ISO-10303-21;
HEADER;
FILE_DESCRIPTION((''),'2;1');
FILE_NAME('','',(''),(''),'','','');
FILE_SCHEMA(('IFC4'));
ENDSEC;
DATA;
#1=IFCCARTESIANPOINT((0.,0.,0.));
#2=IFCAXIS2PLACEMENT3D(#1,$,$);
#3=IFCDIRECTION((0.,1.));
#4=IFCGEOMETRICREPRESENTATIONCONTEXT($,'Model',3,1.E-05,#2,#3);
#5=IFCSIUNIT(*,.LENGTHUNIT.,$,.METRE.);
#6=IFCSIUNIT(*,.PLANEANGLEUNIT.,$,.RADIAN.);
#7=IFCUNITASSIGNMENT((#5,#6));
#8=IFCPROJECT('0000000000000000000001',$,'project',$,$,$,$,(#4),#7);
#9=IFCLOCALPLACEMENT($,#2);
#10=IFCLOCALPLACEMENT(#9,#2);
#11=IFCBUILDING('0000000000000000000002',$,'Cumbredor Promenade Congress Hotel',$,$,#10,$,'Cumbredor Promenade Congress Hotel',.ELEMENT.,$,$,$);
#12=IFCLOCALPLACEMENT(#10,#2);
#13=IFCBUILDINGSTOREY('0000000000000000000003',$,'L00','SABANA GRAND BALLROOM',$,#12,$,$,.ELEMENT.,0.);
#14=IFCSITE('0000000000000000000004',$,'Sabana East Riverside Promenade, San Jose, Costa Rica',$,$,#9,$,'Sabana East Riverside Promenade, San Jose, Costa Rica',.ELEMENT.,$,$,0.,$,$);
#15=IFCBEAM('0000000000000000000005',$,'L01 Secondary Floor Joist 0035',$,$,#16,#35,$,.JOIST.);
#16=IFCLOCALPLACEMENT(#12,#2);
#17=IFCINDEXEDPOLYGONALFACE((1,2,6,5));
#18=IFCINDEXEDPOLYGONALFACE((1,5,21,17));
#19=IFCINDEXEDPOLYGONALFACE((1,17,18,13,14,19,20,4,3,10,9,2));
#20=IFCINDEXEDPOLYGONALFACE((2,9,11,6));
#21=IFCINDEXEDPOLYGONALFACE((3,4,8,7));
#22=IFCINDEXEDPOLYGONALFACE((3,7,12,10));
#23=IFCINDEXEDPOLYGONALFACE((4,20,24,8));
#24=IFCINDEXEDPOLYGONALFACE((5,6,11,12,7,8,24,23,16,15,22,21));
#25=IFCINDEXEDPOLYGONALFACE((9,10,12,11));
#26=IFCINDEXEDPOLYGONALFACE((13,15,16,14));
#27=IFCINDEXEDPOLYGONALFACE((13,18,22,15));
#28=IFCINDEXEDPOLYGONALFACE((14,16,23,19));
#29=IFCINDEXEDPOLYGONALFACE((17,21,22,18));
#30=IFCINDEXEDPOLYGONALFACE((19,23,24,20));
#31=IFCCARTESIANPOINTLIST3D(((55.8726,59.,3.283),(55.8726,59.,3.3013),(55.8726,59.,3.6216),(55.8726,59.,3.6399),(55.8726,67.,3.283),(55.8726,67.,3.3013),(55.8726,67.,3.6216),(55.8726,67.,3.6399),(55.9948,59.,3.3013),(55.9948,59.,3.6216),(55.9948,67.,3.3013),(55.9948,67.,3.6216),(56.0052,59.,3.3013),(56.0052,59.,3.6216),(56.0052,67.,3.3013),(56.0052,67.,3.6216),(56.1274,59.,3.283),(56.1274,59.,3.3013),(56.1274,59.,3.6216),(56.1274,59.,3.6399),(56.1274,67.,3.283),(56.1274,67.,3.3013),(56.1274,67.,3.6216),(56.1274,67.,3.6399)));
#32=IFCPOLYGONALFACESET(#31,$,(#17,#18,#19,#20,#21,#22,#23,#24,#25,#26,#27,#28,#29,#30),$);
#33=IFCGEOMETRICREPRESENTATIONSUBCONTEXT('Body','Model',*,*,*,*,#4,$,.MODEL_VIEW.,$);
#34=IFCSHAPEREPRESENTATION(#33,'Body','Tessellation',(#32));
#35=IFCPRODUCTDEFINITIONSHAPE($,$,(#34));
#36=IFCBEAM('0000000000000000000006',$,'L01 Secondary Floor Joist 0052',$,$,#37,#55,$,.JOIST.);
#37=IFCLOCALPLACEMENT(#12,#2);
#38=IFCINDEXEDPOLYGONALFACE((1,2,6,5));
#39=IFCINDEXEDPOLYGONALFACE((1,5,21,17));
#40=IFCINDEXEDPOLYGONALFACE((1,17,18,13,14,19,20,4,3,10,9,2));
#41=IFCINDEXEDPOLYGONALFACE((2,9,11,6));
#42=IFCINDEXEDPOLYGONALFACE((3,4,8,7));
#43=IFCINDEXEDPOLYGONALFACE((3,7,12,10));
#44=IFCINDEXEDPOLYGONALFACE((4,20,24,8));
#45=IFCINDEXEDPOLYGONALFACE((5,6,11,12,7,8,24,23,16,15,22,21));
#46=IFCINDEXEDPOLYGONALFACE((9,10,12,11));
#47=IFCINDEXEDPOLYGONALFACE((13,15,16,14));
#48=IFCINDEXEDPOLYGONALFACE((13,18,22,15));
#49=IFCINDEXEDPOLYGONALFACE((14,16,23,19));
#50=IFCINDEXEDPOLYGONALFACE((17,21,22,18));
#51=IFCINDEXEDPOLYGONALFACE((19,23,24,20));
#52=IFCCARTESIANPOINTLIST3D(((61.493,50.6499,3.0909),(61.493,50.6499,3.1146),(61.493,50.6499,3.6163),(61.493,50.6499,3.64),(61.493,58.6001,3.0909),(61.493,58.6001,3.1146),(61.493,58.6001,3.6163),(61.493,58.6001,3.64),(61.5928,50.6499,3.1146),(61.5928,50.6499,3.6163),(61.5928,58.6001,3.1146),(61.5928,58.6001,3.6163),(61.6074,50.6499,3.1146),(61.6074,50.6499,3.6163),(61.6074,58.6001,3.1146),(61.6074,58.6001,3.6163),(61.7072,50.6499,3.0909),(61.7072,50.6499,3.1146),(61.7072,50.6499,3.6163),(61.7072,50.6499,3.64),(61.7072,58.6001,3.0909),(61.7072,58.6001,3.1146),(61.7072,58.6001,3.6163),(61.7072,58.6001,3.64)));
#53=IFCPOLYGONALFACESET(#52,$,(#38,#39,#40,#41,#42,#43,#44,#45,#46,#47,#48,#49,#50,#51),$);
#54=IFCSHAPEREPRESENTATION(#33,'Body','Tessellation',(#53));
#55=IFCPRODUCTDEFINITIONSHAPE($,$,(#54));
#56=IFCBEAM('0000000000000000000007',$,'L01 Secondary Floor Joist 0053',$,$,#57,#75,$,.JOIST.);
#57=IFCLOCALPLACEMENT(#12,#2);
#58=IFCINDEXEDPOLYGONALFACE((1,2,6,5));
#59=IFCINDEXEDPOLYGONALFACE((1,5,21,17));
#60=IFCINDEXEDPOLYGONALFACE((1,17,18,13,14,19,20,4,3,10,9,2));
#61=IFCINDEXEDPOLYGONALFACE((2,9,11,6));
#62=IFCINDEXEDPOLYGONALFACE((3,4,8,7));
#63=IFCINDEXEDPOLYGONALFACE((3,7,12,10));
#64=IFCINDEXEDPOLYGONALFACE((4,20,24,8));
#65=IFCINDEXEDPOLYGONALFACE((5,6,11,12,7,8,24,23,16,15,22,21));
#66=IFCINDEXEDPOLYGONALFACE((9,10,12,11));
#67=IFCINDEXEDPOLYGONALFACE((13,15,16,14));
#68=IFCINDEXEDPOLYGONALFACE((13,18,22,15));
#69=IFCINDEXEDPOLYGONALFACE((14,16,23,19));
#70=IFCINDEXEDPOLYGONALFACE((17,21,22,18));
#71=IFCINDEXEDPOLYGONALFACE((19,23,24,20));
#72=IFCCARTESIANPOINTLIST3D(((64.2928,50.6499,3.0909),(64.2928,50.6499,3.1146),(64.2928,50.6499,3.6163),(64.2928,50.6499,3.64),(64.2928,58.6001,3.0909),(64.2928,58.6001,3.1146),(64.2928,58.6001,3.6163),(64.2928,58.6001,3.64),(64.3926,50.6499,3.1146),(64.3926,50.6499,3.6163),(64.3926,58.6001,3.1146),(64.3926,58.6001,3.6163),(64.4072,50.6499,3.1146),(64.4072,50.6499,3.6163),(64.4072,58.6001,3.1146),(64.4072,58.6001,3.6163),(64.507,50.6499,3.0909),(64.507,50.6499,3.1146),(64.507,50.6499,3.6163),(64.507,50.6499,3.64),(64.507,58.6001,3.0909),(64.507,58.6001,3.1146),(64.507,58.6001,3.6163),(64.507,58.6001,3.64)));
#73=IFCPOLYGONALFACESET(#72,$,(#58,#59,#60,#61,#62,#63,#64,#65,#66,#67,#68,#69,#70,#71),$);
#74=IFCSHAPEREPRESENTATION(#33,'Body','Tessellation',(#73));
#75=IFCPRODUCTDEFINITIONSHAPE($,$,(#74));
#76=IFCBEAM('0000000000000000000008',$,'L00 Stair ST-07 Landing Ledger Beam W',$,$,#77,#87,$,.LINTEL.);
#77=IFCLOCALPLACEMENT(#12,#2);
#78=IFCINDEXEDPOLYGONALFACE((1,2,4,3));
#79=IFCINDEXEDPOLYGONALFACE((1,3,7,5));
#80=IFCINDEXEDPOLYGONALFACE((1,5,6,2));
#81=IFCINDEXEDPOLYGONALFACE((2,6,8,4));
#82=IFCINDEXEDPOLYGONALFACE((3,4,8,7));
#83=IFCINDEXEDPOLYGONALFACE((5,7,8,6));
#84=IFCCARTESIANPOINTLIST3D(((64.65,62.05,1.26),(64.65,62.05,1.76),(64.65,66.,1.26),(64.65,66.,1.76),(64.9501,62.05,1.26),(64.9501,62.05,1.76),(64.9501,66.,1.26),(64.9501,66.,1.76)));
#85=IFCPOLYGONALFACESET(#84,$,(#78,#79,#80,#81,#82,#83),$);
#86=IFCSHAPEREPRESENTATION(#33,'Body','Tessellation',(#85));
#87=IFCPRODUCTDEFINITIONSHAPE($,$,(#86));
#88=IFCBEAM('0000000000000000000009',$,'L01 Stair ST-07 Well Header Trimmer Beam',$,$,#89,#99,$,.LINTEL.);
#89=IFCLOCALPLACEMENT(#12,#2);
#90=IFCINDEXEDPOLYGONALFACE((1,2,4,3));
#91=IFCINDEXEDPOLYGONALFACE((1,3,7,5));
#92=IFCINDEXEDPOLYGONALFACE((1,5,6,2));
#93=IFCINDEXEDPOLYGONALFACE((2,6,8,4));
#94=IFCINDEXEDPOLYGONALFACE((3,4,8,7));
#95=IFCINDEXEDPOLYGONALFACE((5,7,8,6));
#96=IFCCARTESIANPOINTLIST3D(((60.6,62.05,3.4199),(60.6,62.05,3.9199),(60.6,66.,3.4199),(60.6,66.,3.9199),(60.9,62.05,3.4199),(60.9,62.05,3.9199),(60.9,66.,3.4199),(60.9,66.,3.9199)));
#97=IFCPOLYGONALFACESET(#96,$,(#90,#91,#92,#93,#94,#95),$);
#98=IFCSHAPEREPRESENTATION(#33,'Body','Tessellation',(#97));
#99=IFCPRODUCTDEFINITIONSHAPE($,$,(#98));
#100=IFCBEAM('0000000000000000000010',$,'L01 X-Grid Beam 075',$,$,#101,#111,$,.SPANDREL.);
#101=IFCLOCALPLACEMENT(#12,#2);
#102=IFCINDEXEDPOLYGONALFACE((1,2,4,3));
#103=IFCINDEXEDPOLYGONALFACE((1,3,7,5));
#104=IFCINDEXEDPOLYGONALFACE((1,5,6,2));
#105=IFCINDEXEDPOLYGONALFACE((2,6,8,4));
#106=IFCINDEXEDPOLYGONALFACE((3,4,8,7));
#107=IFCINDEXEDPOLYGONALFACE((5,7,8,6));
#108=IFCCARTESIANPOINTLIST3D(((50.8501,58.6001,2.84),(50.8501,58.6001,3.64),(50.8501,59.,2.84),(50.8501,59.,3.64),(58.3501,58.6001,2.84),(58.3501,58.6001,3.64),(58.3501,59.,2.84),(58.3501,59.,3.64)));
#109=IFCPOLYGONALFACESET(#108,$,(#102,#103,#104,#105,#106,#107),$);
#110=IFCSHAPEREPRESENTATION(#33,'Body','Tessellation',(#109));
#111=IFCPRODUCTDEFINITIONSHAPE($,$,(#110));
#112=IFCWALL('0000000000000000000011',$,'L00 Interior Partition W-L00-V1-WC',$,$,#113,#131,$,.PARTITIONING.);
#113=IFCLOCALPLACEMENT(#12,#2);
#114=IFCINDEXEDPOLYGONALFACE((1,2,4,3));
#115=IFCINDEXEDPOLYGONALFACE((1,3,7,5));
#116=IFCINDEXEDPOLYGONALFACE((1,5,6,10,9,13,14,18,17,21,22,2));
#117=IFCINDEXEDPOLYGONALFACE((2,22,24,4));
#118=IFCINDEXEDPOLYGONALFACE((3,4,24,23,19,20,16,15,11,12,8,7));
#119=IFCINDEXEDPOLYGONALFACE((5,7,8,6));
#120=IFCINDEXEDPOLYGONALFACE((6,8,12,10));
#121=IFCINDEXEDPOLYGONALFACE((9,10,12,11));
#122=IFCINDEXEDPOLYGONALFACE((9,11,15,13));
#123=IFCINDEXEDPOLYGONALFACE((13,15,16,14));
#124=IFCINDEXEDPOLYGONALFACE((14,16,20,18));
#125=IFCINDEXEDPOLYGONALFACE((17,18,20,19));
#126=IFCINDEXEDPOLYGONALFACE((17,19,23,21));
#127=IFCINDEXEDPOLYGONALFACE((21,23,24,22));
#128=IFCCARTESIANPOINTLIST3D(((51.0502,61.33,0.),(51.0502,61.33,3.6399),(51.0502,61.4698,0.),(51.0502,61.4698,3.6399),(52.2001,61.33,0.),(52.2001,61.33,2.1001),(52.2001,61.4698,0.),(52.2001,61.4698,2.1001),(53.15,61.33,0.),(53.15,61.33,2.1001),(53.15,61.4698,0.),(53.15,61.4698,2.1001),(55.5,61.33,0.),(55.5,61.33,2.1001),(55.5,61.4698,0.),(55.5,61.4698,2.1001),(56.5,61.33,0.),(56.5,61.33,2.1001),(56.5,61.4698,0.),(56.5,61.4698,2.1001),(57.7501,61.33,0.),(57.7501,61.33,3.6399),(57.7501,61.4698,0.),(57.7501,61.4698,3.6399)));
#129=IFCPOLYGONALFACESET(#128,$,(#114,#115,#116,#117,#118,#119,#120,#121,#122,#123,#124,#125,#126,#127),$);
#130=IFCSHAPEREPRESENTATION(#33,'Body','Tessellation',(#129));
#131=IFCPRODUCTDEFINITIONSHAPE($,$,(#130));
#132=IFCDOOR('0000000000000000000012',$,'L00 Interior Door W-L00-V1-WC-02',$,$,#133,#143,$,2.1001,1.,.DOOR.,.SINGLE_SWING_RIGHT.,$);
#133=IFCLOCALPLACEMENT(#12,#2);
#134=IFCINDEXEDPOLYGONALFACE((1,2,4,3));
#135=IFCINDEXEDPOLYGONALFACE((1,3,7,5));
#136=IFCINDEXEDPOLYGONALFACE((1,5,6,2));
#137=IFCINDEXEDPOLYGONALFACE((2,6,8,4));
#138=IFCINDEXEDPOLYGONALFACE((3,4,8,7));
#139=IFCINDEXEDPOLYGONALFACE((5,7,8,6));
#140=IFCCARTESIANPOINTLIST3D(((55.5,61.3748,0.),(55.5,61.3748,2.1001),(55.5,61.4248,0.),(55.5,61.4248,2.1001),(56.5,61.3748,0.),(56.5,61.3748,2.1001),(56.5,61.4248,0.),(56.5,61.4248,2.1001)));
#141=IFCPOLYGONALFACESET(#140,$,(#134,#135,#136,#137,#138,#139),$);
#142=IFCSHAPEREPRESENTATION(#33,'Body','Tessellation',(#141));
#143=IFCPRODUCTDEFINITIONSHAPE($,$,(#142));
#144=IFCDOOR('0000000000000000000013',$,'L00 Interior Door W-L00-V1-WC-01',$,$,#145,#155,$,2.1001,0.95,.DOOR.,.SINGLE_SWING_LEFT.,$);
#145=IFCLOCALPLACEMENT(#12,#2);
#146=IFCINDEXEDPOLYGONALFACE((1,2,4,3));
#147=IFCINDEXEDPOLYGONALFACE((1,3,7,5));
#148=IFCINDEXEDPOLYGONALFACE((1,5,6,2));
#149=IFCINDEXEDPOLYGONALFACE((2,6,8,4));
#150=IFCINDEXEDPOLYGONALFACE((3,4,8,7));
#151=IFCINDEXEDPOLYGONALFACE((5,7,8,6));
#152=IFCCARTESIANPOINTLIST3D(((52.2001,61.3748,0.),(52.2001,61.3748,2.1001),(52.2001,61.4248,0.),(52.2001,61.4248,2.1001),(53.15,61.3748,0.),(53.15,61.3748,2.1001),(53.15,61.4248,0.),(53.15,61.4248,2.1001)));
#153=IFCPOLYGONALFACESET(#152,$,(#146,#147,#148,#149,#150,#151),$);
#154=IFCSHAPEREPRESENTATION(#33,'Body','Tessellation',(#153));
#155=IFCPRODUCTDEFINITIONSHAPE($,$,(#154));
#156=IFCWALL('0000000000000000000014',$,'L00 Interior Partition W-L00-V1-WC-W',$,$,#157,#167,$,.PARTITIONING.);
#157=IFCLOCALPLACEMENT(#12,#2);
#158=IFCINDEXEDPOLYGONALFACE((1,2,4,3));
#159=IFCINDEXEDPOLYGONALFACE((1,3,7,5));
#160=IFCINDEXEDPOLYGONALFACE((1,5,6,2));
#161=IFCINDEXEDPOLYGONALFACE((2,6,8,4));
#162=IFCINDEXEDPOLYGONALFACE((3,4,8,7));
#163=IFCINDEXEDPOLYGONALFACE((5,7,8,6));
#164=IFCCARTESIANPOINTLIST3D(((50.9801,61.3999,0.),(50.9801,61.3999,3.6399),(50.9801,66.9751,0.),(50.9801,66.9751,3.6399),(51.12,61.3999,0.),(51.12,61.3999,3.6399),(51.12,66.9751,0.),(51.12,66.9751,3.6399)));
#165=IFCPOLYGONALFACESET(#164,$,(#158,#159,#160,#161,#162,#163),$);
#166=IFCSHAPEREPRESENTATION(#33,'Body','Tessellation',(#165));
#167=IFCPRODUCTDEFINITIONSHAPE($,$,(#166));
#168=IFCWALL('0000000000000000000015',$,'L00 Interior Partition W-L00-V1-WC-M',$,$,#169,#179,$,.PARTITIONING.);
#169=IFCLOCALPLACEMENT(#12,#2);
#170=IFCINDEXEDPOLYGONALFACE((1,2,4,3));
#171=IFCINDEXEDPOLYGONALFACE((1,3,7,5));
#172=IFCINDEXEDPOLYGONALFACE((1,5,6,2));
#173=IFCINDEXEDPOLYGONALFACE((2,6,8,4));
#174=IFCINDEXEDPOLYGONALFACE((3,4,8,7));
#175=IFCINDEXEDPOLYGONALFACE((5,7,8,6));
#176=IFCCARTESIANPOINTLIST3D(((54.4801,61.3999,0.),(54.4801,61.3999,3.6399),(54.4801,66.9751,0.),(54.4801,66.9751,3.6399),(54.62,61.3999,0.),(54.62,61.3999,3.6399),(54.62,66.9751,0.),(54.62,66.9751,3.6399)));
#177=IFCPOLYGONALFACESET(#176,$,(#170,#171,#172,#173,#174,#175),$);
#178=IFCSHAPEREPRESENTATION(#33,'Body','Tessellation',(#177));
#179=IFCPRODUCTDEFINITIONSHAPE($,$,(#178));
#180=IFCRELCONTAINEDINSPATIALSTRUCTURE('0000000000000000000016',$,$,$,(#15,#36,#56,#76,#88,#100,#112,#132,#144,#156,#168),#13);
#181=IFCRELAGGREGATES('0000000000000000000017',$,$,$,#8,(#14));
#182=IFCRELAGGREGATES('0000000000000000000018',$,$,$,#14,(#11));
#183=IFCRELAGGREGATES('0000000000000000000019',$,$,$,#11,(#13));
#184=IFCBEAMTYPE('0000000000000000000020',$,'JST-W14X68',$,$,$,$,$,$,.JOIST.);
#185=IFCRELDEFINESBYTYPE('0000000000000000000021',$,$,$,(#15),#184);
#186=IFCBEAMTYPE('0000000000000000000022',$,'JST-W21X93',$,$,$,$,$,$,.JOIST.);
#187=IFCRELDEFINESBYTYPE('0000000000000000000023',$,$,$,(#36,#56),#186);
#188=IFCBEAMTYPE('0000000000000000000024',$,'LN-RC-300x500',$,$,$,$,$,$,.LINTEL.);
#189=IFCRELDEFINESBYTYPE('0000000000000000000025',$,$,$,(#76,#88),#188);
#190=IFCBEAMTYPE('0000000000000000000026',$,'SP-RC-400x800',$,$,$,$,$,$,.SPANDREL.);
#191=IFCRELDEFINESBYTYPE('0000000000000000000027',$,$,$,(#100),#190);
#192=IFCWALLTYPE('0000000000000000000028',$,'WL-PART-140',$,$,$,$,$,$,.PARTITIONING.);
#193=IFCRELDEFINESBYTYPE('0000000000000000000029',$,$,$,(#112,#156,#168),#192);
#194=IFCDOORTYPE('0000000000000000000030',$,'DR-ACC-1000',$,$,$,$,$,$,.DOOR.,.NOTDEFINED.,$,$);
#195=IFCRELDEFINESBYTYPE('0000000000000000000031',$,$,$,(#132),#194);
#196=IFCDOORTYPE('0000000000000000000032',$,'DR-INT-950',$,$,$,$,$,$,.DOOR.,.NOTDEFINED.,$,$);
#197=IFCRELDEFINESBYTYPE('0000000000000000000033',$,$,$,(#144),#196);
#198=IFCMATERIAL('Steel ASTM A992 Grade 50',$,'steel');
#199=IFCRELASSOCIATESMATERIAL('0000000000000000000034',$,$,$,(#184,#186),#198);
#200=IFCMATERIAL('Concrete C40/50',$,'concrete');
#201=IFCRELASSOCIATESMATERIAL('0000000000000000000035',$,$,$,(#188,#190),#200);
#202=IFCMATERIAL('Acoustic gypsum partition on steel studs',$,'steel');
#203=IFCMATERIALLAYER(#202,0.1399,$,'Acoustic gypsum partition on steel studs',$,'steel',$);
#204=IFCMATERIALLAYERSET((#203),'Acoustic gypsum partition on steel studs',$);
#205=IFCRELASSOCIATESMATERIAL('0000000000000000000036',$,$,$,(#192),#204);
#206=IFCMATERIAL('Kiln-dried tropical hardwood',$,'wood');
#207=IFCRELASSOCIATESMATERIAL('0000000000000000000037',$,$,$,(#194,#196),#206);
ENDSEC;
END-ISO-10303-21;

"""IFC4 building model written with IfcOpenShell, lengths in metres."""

from ifc_helpers import new_model, si_unit, direction, frame, frame_2d, origin, origin_2d, place, context, subcontext, project, spatial, rectangle, i_section, extrude, material, layer, layer_set, material_profile, profile_set, type_object, element, fill, save


model = new_model("IFC4")

# Units and contexts
model_context = context("Model", 3, precision=1e-05, world=origin(), true_north=direction((0.0, 1.0)))
body_context = subcontext(model_context, "Body", "Model", "MODEL_VIEW")
ifc_project = project(units=[si_unit("LENGTHUNIT", "METRE"), si_unit("PLANEANGLEUNIT", "RADIAN")], contexts=[model_context])

# Site, building, storey
site_placement = place(None, origin())
site = spatial("IfcSite", under=ifc_project, at=site_placement, Name="Sabana East Riverside Promenade, San Jose, Costa Rica", LongName="Sabana East Riverside Promenade, San Jose, Costa Rica", CompositionType="ELEMENT", RefElevation=0.0)
building_placement = place(site_placement, origin())
building = spatial("IfcBuilding", under=site, at=building_placement, Name="Cumbredor Promenade Congress Hotel", LongName="Cumbredor Promenade Congress Hotel", CompositionType="ELEMENT")
storey_placement = place(building_placement, origin())
storey = spatial("IfcBuildingStorey", under=building, at=storey_placement, Name="L00", Description="SABANA GRAND BALLROOM", CompositionType="ELEMENT", Elevation=0.0)

# Shared definitions
ifc_material_1 = material(Name="Concrete C40/50", Category="concrete")

# Beams
ifc_material_2 = material(Name="Steel ASTM A992 Grade 50", Category="steel")
ifc_material_profile_1 = material_profile(ifc_material_2, i_section(OverallWidth=0.2549, OverallDepth=0.3569, WebThickness=0.0105, FlangeThickness=0.0183, at=origin_2d()), Name="W14X68")
ifc_profile_set_1 = profile_set([ifc_material_profile_1], Name="Steel ASTM A992 Grade 50")
beam_type_1 = type_object("IfcBeamType", Name="JST-W14X68", PredefinedType="JOIST", material=ifc_profile_set_1)
for number, where, z_axis, x_axis, name in (
    (1, (56.0, 59.0, 3.4614), (0.0, 1.0, 0.0), (-1.0, 0.0, 0.0), "L01 Secondary Floor Joist 0035"),
):
    element("IfcBeam", number, at=place(storey_placement, frame(where, z_axis=z_axis, x_axis=x_axis)), inside=storey, type_object=beam_type_1, Name=name, PredefinedType="JOIST", context=body_context, shape_type="SweptSolid", body=[
        extrude(i_section(OverallWidth=0.2549, OverallDepth=0.3569, WebThickness=0.0105, FlangeThickness=0.0183, at=origin_2d()), origin(), (0.0, 0.0, 1.0), 8.0),
    ])
ifc_material_profile_2 = material_profile(ifc_material_2, i_section(OverallWidth=0.2141, OverallDepth=0.5491, WebThickness=0.0146, FlangeThickness=0.0237, at=origin_2d()), Name="W21X93")
ifc_profile_set_2 = profile_set([ifc_material_profile_2], Name="Steel ASTM A992 Grade 50")
beam_type_2 = type_object("IfcBeamType", Name="JST-W21X93", PredefinedType="JOIST", material=ifc_profile_set_2)
for number, where, z_axis, x_axis, name in (
    (2, (61.6001, 50.6499, 3.3655), (0.0, 1.0, 0.0), (-1.0, 0.0, 0.0), "L01 Secondary Floor Joist 0052"),
    (3, (64.3999, 50.6499, 3.3655), (0.0, 1.0, 0.0), (-1.0, 0.0, 0.0), "L01 Secondary Floor Joist 0053"),
):
    element("IfcBeam", number, at=place(storey_placement, frame(where, z_axis=z_axis, x_axis=x_axis)), inside=storey, type_object=beam_type_2, Name=name, PredefinedType="JOIST", context=body_context, shape_type="SweptSolid", body=[
        extrude(i_section(OverallWidth=0.2141, OverallDepth=0.5491, WebThickness=0.0146, FlangeThickness=0.0237, at=origin_2d()), origin(), (0.0, 0.0, 1.0), 7.9502),
    ])
ifc_material_profile_3 = material_profile(ifc_material_1, rectangle(XDim=0.3, YDim=0.5, at=origin_2d()), Name="RC LINTEL 300x500")
ifc_profile_set_3 = profile_set([ifc_material_profile_3], Name="Concrete C40/50")
beam_type_3 = type_object("IfcBeamType", Name="LN-RC-300x500", PredefinedType="LINTEL", material=ifc_profile_set_3)
for number, where, z_axis, x_axis, name in (
    (4, (64.8, 62.05, 1.51), (0.0, 1.0, 0.0), (-1.0, 0.0, 0.0), "L00 Stair ST-07 Landing Ledger Beam W"),
    (5, (60.75, 62.05, 3.6699), (0.0, 1.0, 0.0), (-1.0, 0.0, 0.0), "L01 Stair ST-07 Well Header Trimmer Beam"),
):
    element("IfcBeam", number, at=place(storey_placement, frame(where, z_axis=z_axis, x_axis=x_axis)), inside=storey, type_object=beam_type_3, Name=name, PredefinedType="LINTEL", context=body_context, shape_type="SweptSolid", body=[
        extrude(rectangle(XDim=0.3, YDim=0.5, at=origin_2d()), origin(), (0.0, 0.0, 1.0), 3.95),
    ])
ifc_material_profile_4 = material_profile(ifc_material_1, rectangle(XDim=0.3999, YDim=0.8, at=origin_2d()), Name="RC SPANDREL 400x800")
ifc_profile_set_4 = profile_set([ifc_material_profile_4], Name="Concrete C40/50")
beam_type_4 = type_object("IfcBeamType", Name="SP-RC-400x800", PredefinedType="SPANDREL", material=ifc_profile_set_4)
beam_1_placement = place(storey_placement, frame((50.8501, 58.8, 3.24), z_axis=(1.0, 0.0, 0.0), x_axis=(0.0, 1.0, 0.0)))
element("IfcBeam", 6, at=beam_1_placement, inside=storey, type_object=beam_type_4, Name="L01 X-Grid Beam 075", PredefinedType="SPANDREL", context=body_context, shape_type="SweptSolid", body=[
    extrude(rectangle(XDim=0.3999, YDim=0.8, at=origin_2d()), origin(), (0.0, 0.0, 1.0), 7.5),
])

# Wall, openings, doors
ifc_material_3 = material(Name="Acoustic gypsum partition on steel studs", Category="steel")
ifc_layer = layer(ifc_material_3, 0.1399, Name="Acoustic gypsum partition on steel studs", Category="steel")
ifc_layer_set = layer_set([ifc_layer], Name="Acoustic gypsum partition on steel studs")
wall_type = type_object("IfcWallType", Name="WL-PART-140", PredefinedType="PARTITIONING", material=ifc_layer_set)
wall_placement = place(storey_placement, frame((51.05, 61.3999, 0.0), z_axis=(0.0, 0.0, 1.0), x_axis=(1.0, 0.0, 0.0)))
wall = element("IfcWall", 7, at=wall_placement, inside=storey, type_object=wall_type, Name="L00 Interior Partition W-L00-V1-WC", PredefinedType="PARTITIONING", context=body_context, shape_type="SweptSolid", body=[
    extrude(rectangle(XDim=6.7, YDim=0.1399, at=frame_2d((3.3501, 0.0))), origin(), (0.0, 0.0, 1.0), 3.6399),
])
opening_1_placement = place(wall_placement, frame((1.1499, 0.0, 0.0)))
opening_1 = element("IfcOpeningElement", 8, at=opening_1_placement, cuts=wall, PredefinedType="OPENING", context=body_context, shape_type="SweptSolid", body=[
    extrude(rectangle(XDim=0.95, YDim=2.1001, at=frame_2d((0.4751, 1.05))), frame((0.0, 0.0801, 0.0), z_axis=(0.0, -1.0, 0.0), x_axis=(1.0, 0.0, 0.0)), (0.0, 0.0, 1.0), 0.1599),
])
opening_2_placement = place(wall_placement, frame((4.45, 0.0, 0.0)))
opening_2 = element("IfcOpeningElement", 9, at=opening_2_placement, cuts=wall, PredefinedType="OPENING", context=body_context, shape_type="SweptSolid", body=[
    extrude(rectangle(XDim=1.0, YDim=2.1001, at=frame_2d((0.5, 1.05))), frame((0.0, 0.0801, 0.0), z_axis=(0.0, -1.0, 0.0), x_axis=(1.0, 0.0, 0.0)), (0.0, 0.0, 1.0), 0.1599),
])
ifc_material_4 = material(Name="Kiln-dried tropical hardwood", Category="wood")
door_type_1 = type_object("IfcDoorType", Name="DR-ACC-1000", OperationType="NOTDEFINED", PredefinedType="DOOR", material=ifc_material_4)
door_1_placement = place(opening_2_placement, origin())
door_1 = element("IfcDoor", 10, at=door_1_placement, inside=storey, type_object=door_type_1, Name="L00 Interior Door W-L00-V1-WC-02", OperationType="SINGLE_SWING_RIGHT", OverallHeight=2.1001, OverallWidth=1.0, PredefinedType="DOOR", context=body_context, shape_type="SweptSolid", body=[
    extrude(rectangle(XDim=1.0, YDim=2.1001, at=frame_2d((0.5, 1.05))), frame((0.0, 0.0249, 0.0), z_axis=(0.0, -1.0, 0.0), x_axis=(1.0, 0.0, 0.0)), (0.0, 0.0, 1.0), 0.05),
])
fill(opening_2, door_1)
door_type_2 = type_object("IfcDoorType", Name="DR-INT-950", OperationType="NOTDEFINED", PredefinedType="DOOR", material=ifc_material_4)
door_2_placement = place(opening_1_placement, origin())
door_2 = element("IfcDoor", 11, at=door_2_placement, inside=storey, type_object=door_type_2, Name="L00 Interior Door W-L00-V1-WC-01", OperationType="SINGLE_SWING_LEFT", OverallHeight=2.1001, OverallWidth=0.95, PredefinedType="DOOR", context=body_context, shape_type="SweptSolid", body=[
    extrude(rectangle(XDim=0.95, YDim=2.1001, at=frame_2d((0.4751, 1.05))), frame((0.0, 0.0249, 0.0), z_axis=(0.0, -1.0, 0.0), x_axis=(1.0, 0.0, 0.0)), (0.0, 0.0, 1.0), 0.05),
])
fill(opening_1, door_2)

# Walls
for number, where, z_axis, x_axis, name in (
    (12, (51.05, 61.3999, 0.0), (0.0, 0.0, 1.0), (0.0, 1.0, 0.0), "L00 Interior Partition W-L00-V1-WC-W"),
    (13, (54.55, 61.3999, 0.0), (0.0, 0.0, 1.0), (0.0, 1.0, 0.0), "L00 Interior Partition W-L00-V1-WC-M"),
):
    element("IfcWall", number, at=place(storey_placement, frame(where, z_axis=z_axis, x_axis=x_axis)), inside=storey, type_object=wall_type, Name=name, PredefinedType="PARTITIONING", context=body_context, shape_type="SweptSolid", body=[
        extrude(rectangle(XDim=5.5752, YDim=0.1399, at=frame_2d((2.7876, 0.0))), origin(), (0.0, 0.0, 1.0), 3.6399),
    ])

save(model, "model.ifc")
